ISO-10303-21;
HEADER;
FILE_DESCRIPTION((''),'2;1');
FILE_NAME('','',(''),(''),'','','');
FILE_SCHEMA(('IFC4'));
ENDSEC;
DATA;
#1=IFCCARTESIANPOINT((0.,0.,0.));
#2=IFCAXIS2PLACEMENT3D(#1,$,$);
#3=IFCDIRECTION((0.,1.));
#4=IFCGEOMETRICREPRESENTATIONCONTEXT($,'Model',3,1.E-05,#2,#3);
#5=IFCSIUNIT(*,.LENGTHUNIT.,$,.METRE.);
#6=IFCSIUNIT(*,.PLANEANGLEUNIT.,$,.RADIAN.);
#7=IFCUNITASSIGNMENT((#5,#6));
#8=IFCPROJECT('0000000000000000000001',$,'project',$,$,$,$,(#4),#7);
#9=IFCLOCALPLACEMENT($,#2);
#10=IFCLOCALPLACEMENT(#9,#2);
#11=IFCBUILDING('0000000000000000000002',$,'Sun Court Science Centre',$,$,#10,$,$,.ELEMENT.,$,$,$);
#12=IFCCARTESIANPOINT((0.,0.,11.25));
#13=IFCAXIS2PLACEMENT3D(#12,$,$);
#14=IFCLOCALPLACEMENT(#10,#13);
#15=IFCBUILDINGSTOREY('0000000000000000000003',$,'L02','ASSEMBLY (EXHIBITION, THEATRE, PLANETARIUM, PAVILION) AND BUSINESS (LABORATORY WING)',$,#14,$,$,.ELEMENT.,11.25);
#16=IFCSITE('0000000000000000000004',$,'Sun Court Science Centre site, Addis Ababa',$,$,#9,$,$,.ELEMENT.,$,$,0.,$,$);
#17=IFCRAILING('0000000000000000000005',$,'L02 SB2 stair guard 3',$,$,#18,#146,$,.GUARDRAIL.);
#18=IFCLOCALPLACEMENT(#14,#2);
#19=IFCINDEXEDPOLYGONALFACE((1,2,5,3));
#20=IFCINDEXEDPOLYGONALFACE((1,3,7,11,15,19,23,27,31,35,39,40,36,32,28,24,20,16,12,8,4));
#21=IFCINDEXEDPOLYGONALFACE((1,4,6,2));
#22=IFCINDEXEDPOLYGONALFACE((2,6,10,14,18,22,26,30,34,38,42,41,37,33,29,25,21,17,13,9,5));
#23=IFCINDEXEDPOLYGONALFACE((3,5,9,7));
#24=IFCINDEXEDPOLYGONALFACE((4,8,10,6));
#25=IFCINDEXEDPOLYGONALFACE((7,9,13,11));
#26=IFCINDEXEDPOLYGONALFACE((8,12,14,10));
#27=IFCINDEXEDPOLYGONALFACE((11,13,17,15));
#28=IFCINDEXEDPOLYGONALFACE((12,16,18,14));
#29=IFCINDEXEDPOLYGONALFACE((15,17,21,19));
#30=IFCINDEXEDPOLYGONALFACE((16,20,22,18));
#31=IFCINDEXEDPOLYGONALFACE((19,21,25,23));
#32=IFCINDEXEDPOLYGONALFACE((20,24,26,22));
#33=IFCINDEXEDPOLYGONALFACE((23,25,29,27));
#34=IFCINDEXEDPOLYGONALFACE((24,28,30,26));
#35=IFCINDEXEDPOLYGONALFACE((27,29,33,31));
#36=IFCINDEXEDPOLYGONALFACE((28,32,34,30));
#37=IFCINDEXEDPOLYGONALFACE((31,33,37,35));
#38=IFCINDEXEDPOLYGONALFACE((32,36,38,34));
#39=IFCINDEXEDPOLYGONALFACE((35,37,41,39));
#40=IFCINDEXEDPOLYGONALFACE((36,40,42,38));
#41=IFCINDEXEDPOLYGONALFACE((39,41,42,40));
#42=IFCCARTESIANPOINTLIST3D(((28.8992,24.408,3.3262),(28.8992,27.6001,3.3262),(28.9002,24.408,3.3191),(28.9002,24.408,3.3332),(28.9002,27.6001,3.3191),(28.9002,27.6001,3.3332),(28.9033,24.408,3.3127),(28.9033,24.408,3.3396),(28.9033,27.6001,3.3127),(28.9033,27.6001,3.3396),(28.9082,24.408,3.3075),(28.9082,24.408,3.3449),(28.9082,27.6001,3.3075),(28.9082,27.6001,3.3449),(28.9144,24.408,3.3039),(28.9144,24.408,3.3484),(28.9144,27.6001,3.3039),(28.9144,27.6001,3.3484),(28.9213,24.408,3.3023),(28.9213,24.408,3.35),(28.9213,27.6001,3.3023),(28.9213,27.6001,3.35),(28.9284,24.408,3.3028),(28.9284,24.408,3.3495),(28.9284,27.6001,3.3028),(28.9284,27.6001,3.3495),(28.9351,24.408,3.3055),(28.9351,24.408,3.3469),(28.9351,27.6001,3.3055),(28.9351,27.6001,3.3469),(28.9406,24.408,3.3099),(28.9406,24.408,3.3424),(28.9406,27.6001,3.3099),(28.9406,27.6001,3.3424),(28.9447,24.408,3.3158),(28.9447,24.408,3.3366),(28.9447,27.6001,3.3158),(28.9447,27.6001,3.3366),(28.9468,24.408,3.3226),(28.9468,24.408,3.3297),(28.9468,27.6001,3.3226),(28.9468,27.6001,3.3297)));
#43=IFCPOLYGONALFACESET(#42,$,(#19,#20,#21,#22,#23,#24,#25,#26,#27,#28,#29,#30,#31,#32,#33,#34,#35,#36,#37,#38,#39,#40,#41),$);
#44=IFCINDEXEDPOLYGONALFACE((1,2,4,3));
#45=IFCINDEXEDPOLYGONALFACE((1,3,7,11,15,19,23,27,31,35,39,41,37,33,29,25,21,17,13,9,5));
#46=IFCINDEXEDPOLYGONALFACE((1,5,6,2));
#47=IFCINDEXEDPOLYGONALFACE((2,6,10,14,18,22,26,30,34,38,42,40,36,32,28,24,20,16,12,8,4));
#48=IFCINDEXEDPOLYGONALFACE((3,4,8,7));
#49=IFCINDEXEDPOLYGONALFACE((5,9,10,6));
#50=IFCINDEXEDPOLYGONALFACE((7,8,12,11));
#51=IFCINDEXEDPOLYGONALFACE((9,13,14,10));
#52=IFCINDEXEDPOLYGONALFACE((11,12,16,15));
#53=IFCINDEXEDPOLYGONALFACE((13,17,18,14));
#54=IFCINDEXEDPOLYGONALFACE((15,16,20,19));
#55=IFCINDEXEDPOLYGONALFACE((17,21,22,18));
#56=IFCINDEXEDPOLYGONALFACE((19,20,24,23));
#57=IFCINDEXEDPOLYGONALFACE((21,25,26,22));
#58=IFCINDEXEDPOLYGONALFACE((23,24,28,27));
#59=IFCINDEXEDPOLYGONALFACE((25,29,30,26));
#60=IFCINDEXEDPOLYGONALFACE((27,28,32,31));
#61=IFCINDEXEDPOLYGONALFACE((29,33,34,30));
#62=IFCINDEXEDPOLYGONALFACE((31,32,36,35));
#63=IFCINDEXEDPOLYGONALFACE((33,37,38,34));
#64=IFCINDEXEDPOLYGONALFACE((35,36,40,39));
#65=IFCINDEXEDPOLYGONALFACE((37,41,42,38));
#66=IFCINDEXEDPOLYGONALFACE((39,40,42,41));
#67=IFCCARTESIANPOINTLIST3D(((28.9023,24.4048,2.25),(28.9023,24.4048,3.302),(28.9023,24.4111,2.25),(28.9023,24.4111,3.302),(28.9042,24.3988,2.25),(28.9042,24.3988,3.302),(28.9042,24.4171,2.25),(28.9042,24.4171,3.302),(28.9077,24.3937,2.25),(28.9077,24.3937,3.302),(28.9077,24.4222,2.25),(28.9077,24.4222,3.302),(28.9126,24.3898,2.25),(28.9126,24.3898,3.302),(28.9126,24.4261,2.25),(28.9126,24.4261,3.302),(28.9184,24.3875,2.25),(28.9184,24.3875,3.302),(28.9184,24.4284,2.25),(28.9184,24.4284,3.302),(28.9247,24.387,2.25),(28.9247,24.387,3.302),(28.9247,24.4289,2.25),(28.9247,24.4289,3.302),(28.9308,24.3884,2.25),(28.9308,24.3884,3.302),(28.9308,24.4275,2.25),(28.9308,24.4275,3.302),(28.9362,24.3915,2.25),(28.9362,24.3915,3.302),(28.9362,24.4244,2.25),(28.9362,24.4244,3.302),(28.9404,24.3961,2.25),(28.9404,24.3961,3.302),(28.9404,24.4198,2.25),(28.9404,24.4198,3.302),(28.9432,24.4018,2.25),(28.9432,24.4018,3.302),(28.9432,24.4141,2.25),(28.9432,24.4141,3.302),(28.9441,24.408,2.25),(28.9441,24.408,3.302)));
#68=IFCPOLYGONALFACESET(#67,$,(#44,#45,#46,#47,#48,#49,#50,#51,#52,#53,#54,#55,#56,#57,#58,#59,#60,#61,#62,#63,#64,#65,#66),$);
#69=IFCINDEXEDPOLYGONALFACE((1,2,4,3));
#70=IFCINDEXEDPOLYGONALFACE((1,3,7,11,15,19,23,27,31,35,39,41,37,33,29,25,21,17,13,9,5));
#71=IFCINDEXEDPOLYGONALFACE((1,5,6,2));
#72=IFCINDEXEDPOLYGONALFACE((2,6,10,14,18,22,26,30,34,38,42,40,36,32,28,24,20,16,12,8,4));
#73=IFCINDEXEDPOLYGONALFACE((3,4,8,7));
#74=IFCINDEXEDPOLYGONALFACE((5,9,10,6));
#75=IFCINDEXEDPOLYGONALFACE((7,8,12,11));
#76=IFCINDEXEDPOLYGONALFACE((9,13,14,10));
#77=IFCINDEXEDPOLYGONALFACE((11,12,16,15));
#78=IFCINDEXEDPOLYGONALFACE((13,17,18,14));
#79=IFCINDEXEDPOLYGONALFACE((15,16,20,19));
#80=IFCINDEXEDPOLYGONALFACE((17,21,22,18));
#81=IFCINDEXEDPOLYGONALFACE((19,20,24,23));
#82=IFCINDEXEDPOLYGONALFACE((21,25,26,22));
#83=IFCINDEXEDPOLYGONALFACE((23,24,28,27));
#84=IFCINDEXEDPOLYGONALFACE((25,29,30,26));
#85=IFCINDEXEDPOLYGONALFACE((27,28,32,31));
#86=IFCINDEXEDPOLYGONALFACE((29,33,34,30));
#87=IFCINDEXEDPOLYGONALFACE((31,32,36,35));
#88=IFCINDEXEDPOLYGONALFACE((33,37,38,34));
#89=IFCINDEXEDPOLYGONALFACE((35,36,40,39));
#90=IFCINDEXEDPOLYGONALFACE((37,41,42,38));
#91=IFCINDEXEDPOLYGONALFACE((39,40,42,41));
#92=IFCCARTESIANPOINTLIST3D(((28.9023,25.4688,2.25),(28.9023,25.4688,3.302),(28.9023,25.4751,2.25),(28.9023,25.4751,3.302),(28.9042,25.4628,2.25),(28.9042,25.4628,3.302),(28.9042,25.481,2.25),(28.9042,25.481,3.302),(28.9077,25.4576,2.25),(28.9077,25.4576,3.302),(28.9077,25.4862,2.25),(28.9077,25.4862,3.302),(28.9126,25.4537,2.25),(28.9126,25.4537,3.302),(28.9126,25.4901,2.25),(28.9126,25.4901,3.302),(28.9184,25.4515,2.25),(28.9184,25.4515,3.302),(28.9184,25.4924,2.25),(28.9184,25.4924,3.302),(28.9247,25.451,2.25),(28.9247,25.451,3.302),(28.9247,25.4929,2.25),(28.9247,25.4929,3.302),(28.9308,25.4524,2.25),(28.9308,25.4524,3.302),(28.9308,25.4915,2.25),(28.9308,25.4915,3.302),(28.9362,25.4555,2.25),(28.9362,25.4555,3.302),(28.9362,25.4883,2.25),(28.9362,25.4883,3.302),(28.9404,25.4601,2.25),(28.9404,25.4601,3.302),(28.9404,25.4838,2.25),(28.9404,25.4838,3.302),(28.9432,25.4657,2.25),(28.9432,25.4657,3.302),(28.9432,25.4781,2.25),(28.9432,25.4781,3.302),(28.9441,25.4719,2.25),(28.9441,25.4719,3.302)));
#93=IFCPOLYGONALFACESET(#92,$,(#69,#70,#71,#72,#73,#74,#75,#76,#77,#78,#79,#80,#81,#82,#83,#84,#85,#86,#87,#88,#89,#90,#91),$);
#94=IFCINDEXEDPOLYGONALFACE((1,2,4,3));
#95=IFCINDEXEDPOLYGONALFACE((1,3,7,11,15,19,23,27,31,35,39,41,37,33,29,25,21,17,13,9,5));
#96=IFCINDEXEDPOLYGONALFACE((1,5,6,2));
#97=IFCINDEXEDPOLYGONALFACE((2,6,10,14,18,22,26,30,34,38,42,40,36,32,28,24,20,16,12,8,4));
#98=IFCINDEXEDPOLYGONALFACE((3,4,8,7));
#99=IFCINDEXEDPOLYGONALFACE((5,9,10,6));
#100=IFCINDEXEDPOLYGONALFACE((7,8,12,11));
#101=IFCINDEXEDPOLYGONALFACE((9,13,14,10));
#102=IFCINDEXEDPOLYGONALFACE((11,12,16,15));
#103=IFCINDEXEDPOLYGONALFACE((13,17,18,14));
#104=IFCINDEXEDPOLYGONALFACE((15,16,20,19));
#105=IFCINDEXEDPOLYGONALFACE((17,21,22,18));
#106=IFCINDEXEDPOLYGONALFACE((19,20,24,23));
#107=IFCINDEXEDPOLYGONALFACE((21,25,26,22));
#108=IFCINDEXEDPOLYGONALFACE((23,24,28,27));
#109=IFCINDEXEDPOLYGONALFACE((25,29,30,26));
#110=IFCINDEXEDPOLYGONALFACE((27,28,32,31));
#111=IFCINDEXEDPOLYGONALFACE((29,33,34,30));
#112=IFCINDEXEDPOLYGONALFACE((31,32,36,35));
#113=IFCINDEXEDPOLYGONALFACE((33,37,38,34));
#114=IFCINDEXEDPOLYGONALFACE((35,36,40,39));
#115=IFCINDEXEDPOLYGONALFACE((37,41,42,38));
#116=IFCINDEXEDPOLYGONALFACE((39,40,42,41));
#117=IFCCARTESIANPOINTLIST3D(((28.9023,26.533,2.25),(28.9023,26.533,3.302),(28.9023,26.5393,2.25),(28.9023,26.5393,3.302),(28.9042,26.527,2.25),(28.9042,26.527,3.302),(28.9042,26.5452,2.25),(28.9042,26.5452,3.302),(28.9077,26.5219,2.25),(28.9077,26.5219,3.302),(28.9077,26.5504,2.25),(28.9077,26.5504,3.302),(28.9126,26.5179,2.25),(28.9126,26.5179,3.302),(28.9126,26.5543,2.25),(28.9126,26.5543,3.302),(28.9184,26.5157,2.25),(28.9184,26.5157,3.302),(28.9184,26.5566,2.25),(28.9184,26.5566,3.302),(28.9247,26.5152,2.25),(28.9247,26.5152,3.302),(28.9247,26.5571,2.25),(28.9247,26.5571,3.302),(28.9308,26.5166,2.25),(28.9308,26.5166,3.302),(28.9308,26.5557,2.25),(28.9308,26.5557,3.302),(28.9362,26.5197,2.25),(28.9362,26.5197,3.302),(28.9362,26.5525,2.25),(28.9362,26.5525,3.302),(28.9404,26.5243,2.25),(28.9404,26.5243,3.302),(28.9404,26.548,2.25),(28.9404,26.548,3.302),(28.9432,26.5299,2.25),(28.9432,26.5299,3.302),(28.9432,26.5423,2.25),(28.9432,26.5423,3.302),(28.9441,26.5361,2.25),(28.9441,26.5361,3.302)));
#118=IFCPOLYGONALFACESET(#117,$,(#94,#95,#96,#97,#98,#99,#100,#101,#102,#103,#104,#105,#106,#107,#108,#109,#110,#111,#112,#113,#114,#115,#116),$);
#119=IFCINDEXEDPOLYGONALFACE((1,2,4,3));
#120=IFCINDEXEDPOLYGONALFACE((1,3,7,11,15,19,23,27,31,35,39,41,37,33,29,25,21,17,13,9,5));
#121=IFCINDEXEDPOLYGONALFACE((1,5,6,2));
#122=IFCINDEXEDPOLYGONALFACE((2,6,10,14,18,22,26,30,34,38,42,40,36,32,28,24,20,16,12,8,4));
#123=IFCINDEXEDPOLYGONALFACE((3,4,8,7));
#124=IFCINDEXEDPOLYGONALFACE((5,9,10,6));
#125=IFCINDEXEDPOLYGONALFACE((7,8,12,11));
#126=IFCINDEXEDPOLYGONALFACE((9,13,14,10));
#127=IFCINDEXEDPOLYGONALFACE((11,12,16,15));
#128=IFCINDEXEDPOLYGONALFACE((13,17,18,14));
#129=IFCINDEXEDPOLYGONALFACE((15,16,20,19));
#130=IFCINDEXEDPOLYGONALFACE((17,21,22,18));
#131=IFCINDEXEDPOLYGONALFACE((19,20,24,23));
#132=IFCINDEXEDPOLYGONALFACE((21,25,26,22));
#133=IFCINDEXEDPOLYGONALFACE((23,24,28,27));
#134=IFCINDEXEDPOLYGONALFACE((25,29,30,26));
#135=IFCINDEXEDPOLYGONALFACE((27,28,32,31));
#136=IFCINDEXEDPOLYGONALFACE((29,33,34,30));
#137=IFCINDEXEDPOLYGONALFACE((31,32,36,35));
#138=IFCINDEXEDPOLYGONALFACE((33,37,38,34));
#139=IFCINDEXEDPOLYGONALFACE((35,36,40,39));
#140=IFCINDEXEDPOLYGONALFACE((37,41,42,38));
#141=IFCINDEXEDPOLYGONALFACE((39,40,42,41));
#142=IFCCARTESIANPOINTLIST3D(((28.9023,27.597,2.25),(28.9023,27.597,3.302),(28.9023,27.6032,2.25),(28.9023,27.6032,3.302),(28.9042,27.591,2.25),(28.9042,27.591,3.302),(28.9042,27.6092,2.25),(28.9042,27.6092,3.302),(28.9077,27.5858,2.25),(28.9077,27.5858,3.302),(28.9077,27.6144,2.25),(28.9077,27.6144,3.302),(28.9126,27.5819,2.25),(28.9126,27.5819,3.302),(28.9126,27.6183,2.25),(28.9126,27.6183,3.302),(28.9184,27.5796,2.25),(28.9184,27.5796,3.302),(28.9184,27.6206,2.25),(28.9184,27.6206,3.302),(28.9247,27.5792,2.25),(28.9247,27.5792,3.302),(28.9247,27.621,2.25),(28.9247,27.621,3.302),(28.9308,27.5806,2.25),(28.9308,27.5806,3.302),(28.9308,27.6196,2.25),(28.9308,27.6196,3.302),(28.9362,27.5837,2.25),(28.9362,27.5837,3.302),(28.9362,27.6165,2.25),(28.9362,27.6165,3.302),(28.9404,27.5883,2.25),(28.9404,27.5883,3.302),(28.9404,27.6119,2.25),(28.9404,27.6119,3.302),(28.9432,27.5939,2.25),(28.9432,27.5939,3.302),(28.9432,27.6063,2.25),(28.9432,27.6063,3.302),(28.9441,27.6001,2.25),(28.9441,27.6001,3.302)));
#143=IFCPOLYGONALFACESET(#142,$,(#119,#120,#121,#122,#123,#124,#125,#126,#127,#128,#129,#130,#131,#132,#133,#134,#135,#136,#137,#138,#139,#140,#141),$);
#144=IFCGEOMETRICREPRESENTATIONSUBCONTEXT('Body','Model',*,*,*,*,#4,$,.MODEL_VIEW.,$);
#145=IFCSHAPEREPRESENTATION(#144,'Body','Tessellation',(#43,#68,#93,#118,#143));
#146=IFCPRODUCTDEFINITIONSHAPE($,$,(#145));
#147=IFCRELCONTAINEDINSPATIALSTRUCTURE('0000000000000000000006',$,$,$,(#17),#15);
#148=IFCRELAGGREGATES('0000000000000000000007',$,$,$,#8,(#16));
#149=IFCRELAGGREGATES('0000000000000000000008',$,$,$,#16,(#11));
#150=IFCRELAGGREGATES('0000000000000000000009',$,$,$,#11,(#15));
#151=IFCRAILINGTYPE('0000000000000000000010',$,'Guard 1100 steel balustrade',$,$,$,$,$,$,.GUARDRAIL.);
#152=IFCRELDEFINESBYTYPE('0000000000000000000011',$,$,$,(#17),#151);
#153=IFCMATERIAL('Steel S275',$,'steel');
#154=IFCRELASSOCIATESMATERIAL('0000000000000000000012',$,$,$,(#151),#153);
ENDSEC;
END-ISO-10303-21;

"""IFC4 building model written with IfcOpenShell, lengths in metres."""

from ifc_helpers import new_model, si_unit, direction, frame, origin, origin_2d, place, context, subcontext, project, spatial, circle, extrude, material, type_object, element, save


model = new_model("IFC4")

# Units and contexts
model_context = context("Model", 3, precision=1e-05, world=origin(), true_north=direction((0.0, 1.0)))
body_context = subcontext(model_context, "Body", "Model", "MODEL_VIEW")
ifc_project = project(units=[si_unit("LENGTHUNIT", "METRE"), si_unit("PLANEANGLEUNIT", "RADIAN")], contexts=[model_context])

# Site, building, storey
site_placement = place(None, origin())
site = spatial("IfcSite", under=ifc_project, at=site_placement, Name="Sun Court Science Centre site, Addis Ababa", CompositionType="ELEMENT", RefElevation=0.0)
building_placement = place(site_placement, origin())
building = spatial("IfcBuilding", under=site, at=building_placement, Name="Sun Court Science Centre", CompositionType="ELEMENT")
storey_placement = place(building_placement, frame((0.0, 0.0, 11.25)))
storey = spatial("IfcBuildingStorey", under=building, at=storey_placement, Name="L02", Description="ASSEMBLY (EXHIBITION, THEATRE, PLANETARIUM, PAVILION) AND BUSINESS (LABORATORY WING)", CompositionType="ELEMENT", Elevation=11.25)

# Railing
ifc_material_1 = material(Name="Steel S275", Category="steel")
railing_type = type_object("IfcRailingType", Name="Guard 1100 steel balustrade", PredefinedType="GUARDRAIL", material=ifc_material_1)
railing_1_placement = place(storey_placement, frame((28.9231, 24.408, 2.25)))
element("IfcRailing", 1, at=railing_1_placement, inside=storey, type_object=railing_type, Name="L02 SB2 stair guard 3", PredefinedType="GUARDRAIL", context=body_context, shape_type="SweptSolid", body=[
    extrude(circle(Radius=0.0239, at=origin_2d()), frame((0.0, 0.0, 1.0762), z_axis=(0.0, 1.0, 0.0), x_axis=(-1.0, 0.0, 0.0)), (0.0, 0.0, 1.0), 3.1921),
    extrude(circle(Radius=0.021, at=origin_2d()), origin(), (0.0, 0.0, 1.0), 1.052),
    extrude(circle(Radius=0.021, at=origin_2d()), frame((0.0, 1.064, 0.0)), (0.0, 0.0, 1.0), 1.052),
    extrude(circle(Radius=0.021, at=origin_2d()), frame((0.0, 2.1282, 0.0)), (0.0, 0.0, 1.0), 1.052),
    extrude(circle(Radius=0.021, at=origin_2d()), frame((0.0, 3.1921, 0.0)), (0.0, 0.0, 1.0), 1.052),
])

save(model, "model.ifc")
